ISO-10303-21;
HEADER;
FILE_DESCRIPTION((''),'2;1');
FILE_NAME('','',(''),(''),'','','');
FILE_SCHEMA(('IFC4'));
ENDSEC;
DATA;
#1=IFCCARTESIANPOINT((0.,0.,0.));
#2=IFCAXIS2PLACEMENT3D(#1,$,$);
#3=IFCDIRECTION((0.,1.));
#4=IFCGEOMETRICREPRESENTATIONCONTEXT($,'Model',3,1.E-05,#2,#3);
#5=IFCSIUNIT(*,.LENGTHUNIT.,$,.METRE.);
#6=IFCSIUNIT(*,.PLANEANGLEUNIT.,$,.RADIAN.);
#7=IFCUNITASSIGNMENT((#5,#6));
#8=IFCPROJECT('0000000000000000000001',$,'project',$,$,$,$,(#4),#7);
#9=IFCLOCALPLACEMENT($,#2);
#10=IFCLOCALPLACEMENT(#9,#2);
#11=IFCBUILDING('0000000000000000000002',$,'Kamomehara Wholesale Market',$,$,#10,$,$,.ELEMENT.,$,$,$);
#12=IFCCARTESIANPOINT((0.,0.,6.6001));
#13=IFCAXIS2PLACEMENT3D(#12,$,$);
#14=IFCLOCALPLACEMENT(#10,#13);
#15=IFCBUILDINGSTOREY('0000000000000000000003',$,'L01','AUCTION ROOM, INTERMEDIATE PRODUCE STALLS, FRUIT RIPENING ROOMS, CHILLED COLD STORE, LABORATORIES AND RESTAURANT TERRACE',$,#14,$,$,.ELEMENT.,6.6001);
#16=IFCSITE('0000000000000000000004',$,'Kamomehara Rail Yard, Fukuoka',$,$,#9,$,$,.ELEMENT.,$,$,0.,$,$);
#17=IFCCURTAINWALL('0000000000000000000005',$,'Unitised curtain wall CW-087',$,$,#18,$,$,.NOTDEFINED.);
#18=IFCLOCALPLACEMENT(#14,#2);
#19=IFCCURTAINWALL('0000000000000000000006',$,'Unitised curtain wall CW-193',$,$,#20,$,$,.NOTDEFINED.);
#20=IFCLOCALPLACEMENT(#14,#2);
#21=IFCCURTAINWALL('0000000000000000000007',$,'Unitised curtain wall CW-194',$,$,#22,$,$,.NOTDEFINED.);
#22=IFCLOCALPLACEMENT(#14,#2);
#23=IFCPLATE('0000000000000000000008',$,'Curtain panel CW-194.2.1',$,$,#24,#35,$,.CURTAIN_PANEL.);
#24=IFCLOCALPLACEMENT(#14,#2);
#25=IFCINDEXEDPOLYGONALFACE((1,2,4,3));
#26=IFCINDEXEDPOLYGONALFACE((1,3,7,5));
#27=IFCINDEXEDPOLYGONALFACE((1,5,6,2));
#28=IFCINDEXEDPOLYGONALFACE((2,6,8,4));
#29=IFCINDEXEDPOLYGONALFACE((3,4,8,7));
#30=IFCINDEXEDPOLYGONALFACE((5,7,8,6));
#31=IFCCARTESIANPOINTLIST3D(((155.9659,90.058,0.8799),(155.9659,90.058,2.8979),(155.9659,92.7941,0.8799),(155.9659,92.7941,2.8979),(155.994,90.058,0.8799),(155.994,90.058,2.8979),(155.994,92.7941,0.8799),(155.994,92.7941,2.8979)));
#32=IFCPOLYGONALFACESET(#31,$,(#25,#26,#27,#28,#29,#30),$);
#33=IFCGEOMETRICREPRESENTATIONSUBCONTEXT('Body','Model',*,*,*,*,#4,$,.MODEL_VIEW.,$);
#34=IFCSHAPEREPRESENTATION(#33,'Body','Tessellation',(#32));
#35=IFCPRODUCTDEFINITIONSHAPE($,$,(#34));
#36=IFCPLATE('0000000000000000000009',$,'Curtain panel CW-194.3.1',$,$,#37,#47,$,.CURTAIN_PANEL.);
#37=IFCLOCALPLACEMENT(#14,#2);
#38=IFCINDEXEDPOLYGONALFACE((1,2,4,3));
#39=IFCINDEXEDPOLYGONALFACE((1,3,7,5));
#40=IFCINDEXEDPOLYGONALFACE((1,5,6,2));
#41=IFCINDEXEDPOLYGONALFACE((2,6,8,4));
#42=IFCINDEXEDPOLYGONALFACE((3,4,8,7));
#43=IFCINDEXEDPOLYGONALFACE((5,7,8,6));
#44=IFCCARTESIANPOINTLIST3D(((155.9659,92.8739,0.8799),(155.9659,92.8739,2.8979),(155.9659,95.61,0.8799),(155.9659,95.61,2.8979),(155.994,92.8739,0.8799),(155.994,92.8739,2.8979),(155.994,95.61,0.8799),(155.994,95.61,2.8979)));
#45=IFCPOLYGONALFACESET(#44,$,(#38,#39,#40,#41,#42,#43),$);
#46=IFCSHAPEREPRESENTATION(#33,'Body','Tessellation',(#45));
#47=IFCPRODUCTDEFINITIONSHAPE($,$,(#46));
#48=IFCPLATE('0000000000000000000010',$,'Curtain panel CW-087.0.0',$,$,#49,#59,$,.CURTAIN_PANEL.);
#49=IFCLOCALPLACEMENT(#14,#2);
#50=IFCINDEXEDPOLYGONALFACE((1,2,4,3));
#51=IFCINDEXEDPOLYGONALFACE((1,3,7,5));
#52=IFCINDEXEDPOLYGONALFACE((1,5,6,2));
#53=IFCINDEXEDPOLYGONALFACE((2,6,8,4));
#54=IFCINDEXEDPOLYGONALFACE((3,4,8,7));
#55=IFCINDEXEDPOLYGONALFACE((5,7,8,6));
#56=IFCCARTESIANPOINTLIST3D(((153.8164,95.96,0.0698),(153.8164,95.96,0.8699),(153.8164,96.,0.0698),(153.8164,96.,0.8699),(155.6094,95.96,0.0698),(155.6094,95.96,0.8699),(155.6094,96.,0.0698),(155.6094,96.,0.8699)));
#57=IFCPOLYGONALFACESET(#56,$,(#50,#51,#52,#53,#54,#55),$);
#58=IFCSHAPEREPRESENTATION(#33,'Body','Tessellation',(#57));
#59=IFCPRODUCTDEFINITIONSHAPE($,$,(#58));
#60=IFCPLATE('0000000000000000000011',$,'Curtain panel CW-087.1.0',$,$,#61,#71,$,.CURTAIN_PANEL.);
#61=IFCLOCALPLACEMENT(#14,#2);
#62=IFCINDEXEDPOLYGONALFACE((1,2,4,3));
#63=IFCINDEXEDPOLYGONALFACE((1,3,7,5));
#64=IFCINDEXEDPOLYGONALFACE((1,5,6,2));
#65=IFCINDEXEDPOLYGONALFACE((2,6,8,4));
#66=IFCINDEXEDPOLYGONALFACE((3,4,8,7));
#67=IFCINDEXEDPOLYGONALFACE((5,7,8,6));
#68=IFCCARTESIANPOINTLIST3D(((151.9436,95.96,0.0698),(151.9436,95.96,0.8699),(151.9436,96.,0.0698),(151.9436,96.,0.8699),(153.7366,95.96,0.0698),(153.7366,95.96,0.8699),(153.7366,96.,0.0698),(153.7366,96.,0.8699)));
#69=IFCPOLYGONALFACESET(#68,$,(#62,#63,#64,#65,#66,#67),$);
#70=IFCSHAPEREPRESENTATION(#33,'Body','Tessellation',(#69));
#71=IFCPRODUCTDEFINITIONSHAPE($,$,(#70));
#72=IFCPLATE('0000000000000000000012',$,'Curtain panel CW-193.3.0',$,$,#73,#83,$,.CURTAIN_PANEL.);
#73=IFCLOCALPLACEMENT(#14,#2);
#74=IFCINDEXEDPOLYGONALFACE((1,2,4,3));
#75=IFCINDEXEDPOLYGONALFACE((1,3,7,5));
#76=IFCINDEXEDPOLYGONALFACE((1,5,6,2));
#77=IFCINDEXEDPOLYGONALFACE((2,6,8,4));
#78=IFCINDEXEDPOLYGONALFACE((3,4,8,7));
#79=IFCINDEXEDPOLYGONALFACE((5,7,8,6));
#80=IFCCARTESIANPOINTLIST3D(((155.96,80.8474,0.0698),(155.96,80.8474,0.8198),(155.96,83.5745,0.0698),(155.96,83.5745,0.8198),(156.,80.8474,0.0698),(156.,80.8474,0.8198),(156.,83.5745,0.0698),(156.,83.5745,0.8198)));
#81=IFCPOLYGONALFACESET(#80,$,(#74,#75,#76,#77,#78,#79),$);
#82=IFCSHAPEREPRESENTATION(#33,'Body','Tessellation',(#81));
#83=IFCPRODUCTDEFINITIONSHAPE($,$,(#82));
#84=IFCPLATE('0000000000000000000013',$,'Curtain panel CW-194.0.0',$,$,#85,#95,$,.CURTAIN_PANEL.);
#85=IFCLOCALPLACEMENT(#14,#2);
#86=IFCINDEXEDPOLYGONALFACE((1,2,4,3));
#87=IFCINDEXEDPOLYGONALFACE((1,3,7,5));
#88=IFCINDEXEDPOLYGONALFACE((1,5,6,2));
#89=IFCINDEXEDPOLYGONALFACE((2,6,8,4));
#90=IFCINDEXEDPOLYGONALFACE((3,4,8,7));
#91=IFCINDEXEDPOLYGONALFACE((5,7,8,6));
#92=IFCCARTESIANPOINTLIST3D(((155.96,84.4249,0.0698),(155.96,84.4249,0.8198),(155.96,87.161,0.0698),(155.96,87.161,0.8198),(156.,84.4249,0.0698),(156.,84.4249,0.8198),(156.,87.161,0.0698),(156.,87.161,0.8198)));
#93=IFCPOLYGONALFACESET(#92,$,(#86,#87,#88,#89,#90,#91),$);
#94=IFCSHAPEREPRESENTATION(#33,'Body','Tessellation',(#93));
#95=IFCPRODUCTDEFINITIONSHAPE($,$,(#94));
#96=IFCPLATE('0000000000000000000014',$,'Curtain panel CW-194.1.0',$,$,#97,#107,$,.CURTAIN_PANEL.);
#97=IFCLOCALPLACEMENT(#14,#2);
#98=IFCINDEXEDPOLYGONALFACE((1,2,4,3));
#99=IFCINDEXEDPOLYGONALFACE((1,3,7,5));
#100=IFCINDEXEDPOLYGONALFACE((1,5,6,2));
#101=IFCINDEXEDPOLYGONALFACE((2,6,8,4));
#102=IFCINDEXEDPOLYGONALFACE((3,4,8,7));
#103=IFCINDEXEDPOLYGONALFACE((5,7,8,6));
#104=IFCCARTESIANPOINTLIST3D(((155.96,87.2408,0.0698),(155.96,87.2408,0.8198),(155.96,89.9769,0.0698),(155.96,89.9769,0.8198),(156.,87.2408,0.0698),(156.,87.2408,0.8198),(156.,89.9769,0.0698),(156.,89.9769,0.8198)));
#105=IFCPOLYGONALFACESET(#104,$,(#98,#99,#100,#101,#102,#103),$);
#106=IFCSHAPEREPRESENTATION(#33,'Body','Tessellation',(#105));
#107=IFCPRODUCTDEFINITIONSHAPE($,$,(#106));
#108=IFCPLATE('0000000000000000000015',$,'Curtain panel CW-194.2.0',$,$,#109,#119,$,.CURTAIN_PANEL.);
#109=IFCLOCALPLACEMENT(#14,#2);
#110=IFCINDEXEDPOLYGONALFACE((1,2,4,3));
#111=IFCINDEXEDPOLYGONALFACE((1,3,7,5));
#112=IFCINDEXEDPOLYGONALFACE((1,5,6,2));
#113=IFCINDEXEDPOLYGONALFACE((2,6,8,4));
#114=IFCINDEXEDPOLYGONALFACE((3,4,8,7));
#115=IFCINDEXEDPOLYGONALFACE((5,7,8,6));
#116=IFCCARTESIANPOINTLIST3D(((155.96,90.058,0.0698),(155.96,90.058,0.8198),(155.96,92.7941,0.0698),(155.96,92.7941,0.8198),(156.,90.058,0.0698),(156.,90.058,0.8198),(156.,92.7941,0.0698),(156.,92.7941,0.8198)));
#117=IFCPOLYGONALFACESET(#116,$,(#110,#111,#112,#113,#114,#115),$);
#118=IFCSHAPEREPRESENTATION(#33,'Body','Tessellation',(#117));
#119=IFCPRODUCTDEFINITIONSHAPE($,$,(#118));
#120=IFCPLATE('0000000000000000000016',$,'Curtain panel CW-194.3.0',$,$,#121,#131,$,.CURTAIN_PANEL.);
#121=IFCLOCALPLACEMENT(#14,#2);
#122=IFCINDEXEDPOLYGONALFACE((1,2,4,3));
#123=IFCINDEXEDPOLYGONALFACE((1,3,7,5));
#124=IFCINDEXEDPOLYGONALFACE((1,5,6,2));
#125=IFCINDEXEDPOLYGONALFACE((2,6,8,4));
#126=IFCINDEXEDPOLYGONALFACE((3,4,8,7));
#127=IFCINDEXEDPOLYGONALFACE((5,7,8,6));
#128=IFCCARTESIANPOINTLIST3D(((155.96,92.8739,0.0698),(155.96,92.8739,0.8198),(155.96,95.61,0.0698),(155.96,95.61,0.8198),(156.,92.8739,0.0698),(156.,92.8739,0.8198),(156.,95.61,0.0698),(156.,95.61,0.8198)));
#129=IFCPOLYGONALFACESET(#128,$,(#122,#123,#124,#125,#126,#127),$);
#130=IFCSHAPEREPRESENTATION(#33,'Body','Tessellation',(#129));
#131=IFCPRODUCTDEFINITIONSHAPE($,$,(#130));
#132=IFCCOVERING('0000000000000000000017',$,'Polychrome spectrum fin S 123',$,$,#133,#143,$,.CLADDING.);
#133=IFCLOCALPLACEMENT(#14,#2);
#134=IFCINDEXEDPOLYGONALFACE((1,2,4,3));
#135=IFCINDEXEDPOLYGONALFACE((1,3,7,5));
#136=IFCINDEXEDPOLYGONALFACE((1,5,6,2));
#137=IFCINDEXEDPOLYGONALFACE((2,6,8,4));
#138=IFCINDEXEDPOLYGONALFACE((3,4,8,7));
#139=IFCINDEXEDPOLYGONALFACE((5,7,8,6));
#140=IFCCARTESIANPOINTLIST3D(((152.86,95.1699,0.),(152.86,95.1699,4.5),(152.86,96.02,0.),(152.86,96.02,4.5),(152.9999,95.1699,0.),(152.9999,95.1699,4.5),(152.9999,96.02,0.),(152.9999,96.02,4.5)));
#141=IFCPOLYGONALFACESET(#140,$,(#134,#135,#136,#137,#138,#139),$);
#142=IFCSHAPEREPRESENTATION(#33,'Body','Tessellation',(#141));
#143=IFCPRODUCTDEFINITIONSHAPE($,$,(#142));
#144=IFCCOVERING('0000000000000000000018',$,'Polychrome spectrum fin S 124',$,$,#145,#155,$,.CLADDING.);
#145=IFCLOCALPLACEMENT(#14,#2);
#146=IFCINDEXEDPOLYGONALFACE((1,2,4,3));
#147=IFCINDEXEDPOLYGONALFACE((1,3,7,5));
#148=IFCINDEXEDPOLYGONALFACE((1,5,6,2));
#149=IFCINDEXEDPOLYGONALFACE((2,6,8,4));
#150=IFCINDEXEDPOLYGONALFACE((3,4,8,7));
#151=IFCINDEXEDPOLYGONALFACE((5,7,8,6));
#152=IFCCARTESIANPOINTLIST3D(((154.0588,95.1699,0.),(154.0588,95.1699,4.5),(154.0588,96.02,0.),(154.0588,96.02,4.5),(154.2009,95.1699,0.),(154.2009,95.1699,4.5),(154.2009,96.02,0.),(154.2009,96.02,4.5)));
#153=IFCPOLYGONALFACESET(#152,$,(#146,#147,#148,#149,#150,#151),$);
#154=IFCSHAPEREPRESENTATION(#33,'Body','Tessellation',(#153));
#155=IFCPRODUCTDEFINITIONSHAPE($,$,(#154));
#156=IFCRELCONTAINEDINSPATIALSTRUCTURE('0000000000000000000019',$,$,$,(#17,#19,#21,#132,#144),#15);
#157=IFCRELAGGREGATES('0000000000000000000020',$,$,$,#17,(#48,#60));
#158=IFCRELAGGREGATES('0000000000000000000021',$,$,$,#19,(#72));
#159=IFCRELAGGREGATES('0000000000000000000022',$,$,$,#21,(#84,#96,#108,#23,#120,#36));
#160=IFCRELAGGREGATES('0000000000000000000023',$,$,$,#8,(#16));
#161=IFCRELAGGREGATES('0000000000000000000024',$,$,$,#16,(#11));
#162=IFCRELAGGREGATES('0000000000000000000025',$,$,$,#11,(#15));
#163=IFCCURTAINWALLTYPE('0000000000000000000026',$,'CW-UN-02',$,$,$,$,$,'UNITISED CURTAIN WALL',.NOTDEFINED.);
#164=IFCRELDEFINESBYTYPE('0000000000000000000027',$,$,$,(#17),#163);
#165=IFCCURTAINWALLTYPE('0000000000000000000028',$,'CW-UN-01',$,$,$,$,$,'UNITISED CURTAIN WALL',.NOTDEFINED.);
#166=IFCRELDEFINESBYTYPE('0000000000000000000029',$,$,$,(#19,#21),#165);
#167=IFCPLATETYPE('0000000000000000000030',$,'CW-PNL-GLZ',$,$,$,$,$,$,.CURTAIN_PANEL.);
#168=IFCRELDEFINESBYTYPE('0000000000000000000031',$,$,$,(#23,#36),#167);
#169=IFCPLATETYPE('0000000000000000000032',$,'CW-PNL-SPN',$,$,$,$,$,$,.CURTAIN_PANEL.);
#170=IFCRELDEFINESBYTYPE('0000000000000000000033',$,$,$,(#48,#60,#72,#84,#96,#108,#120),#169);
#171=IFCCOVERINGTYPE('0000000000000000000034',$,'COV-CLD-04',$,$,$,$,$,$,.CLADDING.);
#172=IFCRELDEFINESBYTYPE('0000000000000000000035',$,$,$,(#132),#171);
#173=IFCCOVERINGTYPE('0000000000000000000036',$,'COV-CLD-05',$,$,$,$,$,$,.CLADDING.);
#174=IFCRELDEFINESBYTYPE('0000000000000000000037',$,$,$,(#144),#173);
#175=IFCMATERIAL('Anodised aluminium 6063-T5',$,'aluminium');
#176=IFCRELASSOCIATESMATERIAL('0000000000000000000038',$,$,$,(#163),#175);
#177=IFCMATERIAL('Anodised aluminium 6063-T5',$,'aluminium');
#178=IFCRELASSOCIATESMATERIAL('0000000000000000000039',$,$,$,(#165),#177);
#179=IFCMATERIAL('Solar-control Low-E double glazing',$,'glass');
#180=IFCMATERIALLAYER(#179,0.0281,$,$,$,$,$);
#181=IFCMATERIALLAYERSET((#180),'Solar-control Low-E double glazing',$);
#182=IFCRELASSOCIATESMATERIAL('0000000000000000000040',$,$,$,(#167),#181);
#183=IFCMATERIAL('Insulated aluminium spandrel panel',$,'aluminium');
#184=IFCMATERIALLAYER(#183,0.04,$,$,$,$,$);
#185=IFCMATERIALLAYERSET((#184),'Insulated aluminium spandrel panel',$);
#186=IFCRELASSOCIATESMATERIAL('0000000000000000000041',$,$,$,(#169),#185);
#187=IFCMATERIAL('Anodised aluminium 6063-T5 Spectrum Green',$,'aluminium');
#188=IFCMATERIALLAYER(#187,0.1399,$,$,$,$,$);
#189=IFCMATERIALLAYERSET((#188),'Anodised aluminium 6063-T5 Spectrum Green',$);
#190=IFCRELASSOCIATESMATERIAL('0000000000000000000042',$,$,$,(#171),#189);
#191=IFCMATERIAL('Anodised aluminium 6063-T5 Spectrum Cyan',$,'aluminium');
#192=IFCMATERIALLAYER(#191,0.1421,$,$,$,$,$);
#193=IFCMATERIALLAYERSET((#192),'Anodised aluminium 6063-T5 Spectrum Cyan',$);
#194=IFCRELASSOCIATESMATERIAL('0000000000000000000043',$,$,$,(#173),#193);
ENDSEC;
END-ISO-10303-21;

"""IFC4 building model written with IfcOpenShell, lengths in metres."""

from ifc_helpers import new_model, si_unit, direction, frame, origin, origin_2d, place, context, subcontext, project, spatial, rectangle, extrude, material, layer, layer_set, type_object, element, aggregate, save


model = new_model("IFC4")

# Units and contexts
model_context = context("Model", 3, precision=1e-05, world=origin(), true_north=direction((0.0, 1.0)))
body_context = subcontext(model_context, "Body", "Model", "MODEL_VIEW")
ifc_project = project(units=[si_unit("LENGTHUNIT", "METRE"), si_unit("PLANEANGLEUNIT", "RADIAN")], contexts=[model_context])

# Site, building, storey
site_placement = place(None, origin())
site = spatial("IfcSite", under=ifc_project, at=site_placement, Name="Kamomehara Rail Yard, Fukuoka", CompositionType="ELEMENT", RefElevation=0.0)
building_placement = place(site_placement, origin())
building = spatial("IfcBuilding", under=site, at=building_placement, Name="Kamomehara Wholesale Market", CompositionType="ELEMENT")
storey_placement = place(building_placement, frame((0.0, 0.0, 6.6001)))
storey = spatial("IfcBuildingStorey", under=building, at=storey_placement, Name="L01", Description="AUCTION ROOM, INTERMEDIATE PRODUCE STALLS, FRUIT RIPENING ROOMS, CHILLED COLD STORE, LABORATORIES AND RESTAURANT TERRACE", CompositionType="ELEMENT", Elevation=6.6001)

# Curtain wall
ifc_material_1 = material(Name="Anodised aluminium 6063-T5", Category="aluminium")
curtain_wall_type_1 = type_object("IfcCurtainWallType", Name="CW-UN-02", ElementType="UNITISED CURTAIN WALL", PredefinedType="NOTDEFINED", material=ifc_material_1)
curtain_wall_1_placement = place(storey_placement, origin())
curtain_wall_1 = element("IfcCurtainWall", 1, at=curtain_wall_1_placement, inside=storey, type_object=curtain_wall_type_1, Name="Unitised curtain wall CW-087", PredefinedType="NOTDEFINED")

# Curtain wall
ifc_material_2 = material(Name="Anodised aluminium 6063-T5", Category="aluminium")
curtain_wall_type_2 = type_object("IfcCurtainWallType", Name="CW-UN-01", ElementType="UNITISED CURTAIN WALL", PredefinedType="NOTDEFINED", material=ifc_material_2)
curtain_wall_2_placement = place(storey_placement, origin())
curtain_wall_2 = element("IfcCurtainWall", 2, at=curtain_wall_2_placement, inside=storey, type_object=curtain_wall_type_2, Name="Unitised curtain wall CW-193", PredefinedType="NOTDEFINED")

# Shared definitions
ifc_material_3 = material(Name="Solar-control Low-E double glazing", Category="glass")
ifc_layer_1 = layer(ifc_material_3, 0.0281)
ifc_layer_set_1 = layer_set([ifc_layer_1], Name="Solar-control Low-E double glazing")
plate_type_1 = type_object("IfcPlateType", Name="CW-PNL-GLZ", PredefinedType="CURTAIN_PANEL", material=ifc_layer_set_1)

# Curtain wall, plates
curtain_wall_3_placement = place(storey_placement, origin())
curtain_wall_3 = element("IfcCurtainWall", 3, at=curtain_wall_3_placement, inside=storey, type_object=curtain_wall_type_2, Name="Unitised curtain wall CW-194", PredefinedType="NOTDEFINED")
plate_1_placement = place(storey_placement, frame((155.98, 91.426, 0.8799), z_axis=(0.0, 0.0, 1.0), x_axis=(0.0, 1.0, 0.0)))
plate_1 = element("IfcPlate", 4, at=plate_1_placement, type_object=plate_type_1, Name="Curtain panel CW-194.2.1", PredefinedType="CURTAIN_PANEL", context=body_context, shape_type="SweptSolid", body=[
    extrude(rectangle(XDim=2.7361, YDim=0.0281, at=origin_2d()), origin(), (0.0, 0.0, 1.0), 2.0181),
])
plate_2_placement = place(storey_placement, frame((155.98, 94.2419, 0.8799), z_axis=(0.0, 0.0, 1.0), x_axis=(0.0, 1.0, 0.0)))
plate_2 = element("IfcPlate", 5, at=plate_2_placement, type_object=plate_type_1, Name="Curtain panel CW-194.3.1", PredefinedType="CURTAIN_PANEL", context=body_context, shape_type="SweptSolid", body=[
    extrude(rectangle(XDim=2.7361, YDim=0.0281, at=origin_2d()), origin(), (0.0, 0.0, 1.0), 2.0181),
])

# Plates
ifc_material_4 = material(Name="Insulated aluminium spandrel panel", Category="aluminium")
ifc_layer_2 = layer(ifc_material_4, 0.04)
ifc_layer_set_2 = layer_set([ifc_layer_2], Name="Insulated aluminium spandrel panel")
plate_type_2 = type_object("IfcPlateType", Name="CW-PNL-SPN", PredefinedType="CURTAIN_PANEL", material=ifc_layer_set_2)
plate_3_placement = place(storey_placement, frame((154.7129, 95.98, 0.0698), z_axis=(0.0, 0.0, 1.0), x_axis=(-1.0, 0.0, 0.0)))
plate_3 = element("IfcPlate", 6, at=plate_3_placement, type_object=plate_type_2, Name="Curtain panel CW-087.0.0", PredefinedType="CURTAIN_PANEL", context=body_context, shape_type="SweptSolid", body=[
    extrude(rectangle(XDim=1.793, YDim=0.04, at=origin_2d()), origin(), (0.0, 0.0, 1.0), 0.8),
])
plate_4_placement = place(storey_placement, frame((152.8401, 95.98, 0.0698), z_axis=(0.0, 0.0, 1.0), x_axis=(-1.0, 0.0, 0.0)))
plate_4 = element("IfcPlate", 7, at=plate_4_placement, type_object=plate_type_2, Name="Curtain panel CW-087.1.0", PredefinedType="CURTAIN_PANEL", context=body_context, shape_type="SweptSolid", body=[
    extrude(rectangle(XDim=1.793, YDim=0.04, at=origin_2d()), origin(), (0.0, 0.0, 1.0), 0.8),
])
aggregate(curtain_wall_1, [plate_3, plate_4])
plate_5_placement = place(storey_placement, frame((155.98, 82.2109, 0.0698), z_axis=(0.0, 0.0, 1.0), x_axis=(0.0, 1.0, 0.0)))
plate_5 = element("IfcPlate", 8, at=plate_5_placement, type_object=plate_type_2, Name="Curtain panel CW-193.3.0", PredefinedType="CURTAIN_PANEL", context=body_context, shape_type="SweptSolid", body=[
    extrude(rectangle(XDim=2.7271, YDim=0.04, at=origin_2d()), origin(), (0.0, 0.0, 1.0), 0.75),
])
aggregate(curtain_wall_2, [plate_5])
plate_6_placement = place(storey_placement, frame((155.98, 85.793, 0.0698), z_axis=(0.0, 0.0, 1.0), x_axis=(0.0, 1.0, 0.0)))
plate_6 = element("IfcPlate", 9, at=plate_6_placement, type_object=plate_type_2, Name="Curtain panel CW-194.0.0", PredefinedType="CURTAIN_PANEL", context=body_context, shape_type="SweptSolid", body=[
    extrude(rectangle(XDim=2.7361, YDim=0.04, at=origin_2d()), origin(), (0.0, 0.0, 1.0), 0.75),
])
plate_7_placement = place(storey_placement, frame((155.98, 88.6089, 0.0698), z_axis=(0.0, 0.0, 1.0), x_axis=(0.0, 1.0, 0.0)))
plate_7 = element("IfcPlate", 10, at=plate_7_placement, type_object=plate_type_2, Name="Curtain panel CW-194.1.0", PredefinedType="CURTAIN_PANEL", context=body_context, shape_type="SweptSolid", body=[
    extrude(rectangle(XDim=2.7361, YDim=0.04, at=origin_2d()), origin(), (0.0, 0.0, 1.0), 0.75),
])
plate_8_placement = place(storey_placement, frame((155.98, 91.426, 0.0698), z_axis=(0.0, 0.0, 1.0), x_axis=(0.0, 1.0, 0.0)))
plate_8 = element("IfcPlate", 11, at=plate_8_placement, type_object=plate_type_2, Name="Curtain panel CW-194.2.0", PredefinedType="CURTAIN_PANEL", context=body_context, shape_type="SweptSolid", body=[
    extrude(rectangle(XDim=2.7361, YDim=0.04, at=origin_2d()), origin(), (0.0, 0.0, 1.0), 0.75),
])
plate_9_placement = place(storey_placement, frame((155.98, 94.2419, 0.0698), z_axis=(0.0, 0.0, 1.0), x_axis=(0.0, 1.0, 0.0)))
plate_9 = element("IfcPlate", 12, at=plate_9_placement, type_object=plate_type_2, Name="Curtain panel CW-194.3.0", PredefinedType="CURTAIN_PANEL", context=body_context, shape_type="SweptSolid", body=[
    extrude(rectangle(XDim=2.7361, YDim=0.04, at=origin_2d()), origin(), (0.0, 0.0, 1.0), 0.75),
])
aggregate(curtain_wall_3, [plate_6, plate_7, plate_8, plate_1, plate_9, plate_2])

# Coverings
ifc_material_5 = material(Name="Anodised aluminium 6063-T5 Spectrum Green", Category="aluminium")
ifc_layer_3 = layer(ifc_material_5, 0.1399)
ifc_layer_set_3 = layer_set([ifc_layer_3], Name="Anodised aluminium 6063-T5 Spectrum Green")
covering_type_1 = type_object("IfcCoveringType", Name="COV-CLD-04", PredefinedType="CLADDING", material=ifc_layer_set_3)
covering_1_placement = place(storey_placement, frame((152.9299, 95.595, 0.0), z_axis=(0.0, 0.0, 1.0), x_axis=(1.0, 0.0, 0.0)))
element("IfcCovering", 13, at=covering_1_placement, inside=storey, type_object=covering_type_1, Name="Polychrome spectrum fin S 123", PredefinedType="CLADDING", context=body_context, shape_type="SweptSolid", body=[
    extrude(rectangle(XDim=0.1399, YDim=0.8501, at=origin_2d()), origin(), (0.0, 0.0, 1.0), 4.5),
])
ifc_material_6 = material(Name="Anodised aluminium 6063-T5 Spectrum Cyan", Category="aluminium")
ifc_layer_4 = layer(ifc_material_6, 0.1421)
ifc_layer_set_4 = layer_set([ifc_layer_4], Name="Anodised aluminium 6063-T5 Spectrum Cyan")
covering_type_2 = type_object("IfcCoveringType", Name="COV-CLD-05", PredefinedType="CLADDING", material=ifc_layer_set_4)
covering_2_placement = place(storey_placement, frame((154.1299, 95.595, 0.0), z_axis=(0.0, 0.0, 1.0), x_axis=(1.0, 0.0, 0.0)))
element("IfcCovering", 14, at=covering_2_placement, inside=storey, type_object=covering_type_2, Name="Polychrome spectrum fin S 124", PredefinedType="CLADDING", context=body_context, shape_type="SweptSolid", body=[
    extrude(rectangle(XDim=0.1421, YDim=0.8501, at=origin_2d()), origin(), (0.0, 0.0, 1.0), 4.5),
])

save(model, "model.ifc")
